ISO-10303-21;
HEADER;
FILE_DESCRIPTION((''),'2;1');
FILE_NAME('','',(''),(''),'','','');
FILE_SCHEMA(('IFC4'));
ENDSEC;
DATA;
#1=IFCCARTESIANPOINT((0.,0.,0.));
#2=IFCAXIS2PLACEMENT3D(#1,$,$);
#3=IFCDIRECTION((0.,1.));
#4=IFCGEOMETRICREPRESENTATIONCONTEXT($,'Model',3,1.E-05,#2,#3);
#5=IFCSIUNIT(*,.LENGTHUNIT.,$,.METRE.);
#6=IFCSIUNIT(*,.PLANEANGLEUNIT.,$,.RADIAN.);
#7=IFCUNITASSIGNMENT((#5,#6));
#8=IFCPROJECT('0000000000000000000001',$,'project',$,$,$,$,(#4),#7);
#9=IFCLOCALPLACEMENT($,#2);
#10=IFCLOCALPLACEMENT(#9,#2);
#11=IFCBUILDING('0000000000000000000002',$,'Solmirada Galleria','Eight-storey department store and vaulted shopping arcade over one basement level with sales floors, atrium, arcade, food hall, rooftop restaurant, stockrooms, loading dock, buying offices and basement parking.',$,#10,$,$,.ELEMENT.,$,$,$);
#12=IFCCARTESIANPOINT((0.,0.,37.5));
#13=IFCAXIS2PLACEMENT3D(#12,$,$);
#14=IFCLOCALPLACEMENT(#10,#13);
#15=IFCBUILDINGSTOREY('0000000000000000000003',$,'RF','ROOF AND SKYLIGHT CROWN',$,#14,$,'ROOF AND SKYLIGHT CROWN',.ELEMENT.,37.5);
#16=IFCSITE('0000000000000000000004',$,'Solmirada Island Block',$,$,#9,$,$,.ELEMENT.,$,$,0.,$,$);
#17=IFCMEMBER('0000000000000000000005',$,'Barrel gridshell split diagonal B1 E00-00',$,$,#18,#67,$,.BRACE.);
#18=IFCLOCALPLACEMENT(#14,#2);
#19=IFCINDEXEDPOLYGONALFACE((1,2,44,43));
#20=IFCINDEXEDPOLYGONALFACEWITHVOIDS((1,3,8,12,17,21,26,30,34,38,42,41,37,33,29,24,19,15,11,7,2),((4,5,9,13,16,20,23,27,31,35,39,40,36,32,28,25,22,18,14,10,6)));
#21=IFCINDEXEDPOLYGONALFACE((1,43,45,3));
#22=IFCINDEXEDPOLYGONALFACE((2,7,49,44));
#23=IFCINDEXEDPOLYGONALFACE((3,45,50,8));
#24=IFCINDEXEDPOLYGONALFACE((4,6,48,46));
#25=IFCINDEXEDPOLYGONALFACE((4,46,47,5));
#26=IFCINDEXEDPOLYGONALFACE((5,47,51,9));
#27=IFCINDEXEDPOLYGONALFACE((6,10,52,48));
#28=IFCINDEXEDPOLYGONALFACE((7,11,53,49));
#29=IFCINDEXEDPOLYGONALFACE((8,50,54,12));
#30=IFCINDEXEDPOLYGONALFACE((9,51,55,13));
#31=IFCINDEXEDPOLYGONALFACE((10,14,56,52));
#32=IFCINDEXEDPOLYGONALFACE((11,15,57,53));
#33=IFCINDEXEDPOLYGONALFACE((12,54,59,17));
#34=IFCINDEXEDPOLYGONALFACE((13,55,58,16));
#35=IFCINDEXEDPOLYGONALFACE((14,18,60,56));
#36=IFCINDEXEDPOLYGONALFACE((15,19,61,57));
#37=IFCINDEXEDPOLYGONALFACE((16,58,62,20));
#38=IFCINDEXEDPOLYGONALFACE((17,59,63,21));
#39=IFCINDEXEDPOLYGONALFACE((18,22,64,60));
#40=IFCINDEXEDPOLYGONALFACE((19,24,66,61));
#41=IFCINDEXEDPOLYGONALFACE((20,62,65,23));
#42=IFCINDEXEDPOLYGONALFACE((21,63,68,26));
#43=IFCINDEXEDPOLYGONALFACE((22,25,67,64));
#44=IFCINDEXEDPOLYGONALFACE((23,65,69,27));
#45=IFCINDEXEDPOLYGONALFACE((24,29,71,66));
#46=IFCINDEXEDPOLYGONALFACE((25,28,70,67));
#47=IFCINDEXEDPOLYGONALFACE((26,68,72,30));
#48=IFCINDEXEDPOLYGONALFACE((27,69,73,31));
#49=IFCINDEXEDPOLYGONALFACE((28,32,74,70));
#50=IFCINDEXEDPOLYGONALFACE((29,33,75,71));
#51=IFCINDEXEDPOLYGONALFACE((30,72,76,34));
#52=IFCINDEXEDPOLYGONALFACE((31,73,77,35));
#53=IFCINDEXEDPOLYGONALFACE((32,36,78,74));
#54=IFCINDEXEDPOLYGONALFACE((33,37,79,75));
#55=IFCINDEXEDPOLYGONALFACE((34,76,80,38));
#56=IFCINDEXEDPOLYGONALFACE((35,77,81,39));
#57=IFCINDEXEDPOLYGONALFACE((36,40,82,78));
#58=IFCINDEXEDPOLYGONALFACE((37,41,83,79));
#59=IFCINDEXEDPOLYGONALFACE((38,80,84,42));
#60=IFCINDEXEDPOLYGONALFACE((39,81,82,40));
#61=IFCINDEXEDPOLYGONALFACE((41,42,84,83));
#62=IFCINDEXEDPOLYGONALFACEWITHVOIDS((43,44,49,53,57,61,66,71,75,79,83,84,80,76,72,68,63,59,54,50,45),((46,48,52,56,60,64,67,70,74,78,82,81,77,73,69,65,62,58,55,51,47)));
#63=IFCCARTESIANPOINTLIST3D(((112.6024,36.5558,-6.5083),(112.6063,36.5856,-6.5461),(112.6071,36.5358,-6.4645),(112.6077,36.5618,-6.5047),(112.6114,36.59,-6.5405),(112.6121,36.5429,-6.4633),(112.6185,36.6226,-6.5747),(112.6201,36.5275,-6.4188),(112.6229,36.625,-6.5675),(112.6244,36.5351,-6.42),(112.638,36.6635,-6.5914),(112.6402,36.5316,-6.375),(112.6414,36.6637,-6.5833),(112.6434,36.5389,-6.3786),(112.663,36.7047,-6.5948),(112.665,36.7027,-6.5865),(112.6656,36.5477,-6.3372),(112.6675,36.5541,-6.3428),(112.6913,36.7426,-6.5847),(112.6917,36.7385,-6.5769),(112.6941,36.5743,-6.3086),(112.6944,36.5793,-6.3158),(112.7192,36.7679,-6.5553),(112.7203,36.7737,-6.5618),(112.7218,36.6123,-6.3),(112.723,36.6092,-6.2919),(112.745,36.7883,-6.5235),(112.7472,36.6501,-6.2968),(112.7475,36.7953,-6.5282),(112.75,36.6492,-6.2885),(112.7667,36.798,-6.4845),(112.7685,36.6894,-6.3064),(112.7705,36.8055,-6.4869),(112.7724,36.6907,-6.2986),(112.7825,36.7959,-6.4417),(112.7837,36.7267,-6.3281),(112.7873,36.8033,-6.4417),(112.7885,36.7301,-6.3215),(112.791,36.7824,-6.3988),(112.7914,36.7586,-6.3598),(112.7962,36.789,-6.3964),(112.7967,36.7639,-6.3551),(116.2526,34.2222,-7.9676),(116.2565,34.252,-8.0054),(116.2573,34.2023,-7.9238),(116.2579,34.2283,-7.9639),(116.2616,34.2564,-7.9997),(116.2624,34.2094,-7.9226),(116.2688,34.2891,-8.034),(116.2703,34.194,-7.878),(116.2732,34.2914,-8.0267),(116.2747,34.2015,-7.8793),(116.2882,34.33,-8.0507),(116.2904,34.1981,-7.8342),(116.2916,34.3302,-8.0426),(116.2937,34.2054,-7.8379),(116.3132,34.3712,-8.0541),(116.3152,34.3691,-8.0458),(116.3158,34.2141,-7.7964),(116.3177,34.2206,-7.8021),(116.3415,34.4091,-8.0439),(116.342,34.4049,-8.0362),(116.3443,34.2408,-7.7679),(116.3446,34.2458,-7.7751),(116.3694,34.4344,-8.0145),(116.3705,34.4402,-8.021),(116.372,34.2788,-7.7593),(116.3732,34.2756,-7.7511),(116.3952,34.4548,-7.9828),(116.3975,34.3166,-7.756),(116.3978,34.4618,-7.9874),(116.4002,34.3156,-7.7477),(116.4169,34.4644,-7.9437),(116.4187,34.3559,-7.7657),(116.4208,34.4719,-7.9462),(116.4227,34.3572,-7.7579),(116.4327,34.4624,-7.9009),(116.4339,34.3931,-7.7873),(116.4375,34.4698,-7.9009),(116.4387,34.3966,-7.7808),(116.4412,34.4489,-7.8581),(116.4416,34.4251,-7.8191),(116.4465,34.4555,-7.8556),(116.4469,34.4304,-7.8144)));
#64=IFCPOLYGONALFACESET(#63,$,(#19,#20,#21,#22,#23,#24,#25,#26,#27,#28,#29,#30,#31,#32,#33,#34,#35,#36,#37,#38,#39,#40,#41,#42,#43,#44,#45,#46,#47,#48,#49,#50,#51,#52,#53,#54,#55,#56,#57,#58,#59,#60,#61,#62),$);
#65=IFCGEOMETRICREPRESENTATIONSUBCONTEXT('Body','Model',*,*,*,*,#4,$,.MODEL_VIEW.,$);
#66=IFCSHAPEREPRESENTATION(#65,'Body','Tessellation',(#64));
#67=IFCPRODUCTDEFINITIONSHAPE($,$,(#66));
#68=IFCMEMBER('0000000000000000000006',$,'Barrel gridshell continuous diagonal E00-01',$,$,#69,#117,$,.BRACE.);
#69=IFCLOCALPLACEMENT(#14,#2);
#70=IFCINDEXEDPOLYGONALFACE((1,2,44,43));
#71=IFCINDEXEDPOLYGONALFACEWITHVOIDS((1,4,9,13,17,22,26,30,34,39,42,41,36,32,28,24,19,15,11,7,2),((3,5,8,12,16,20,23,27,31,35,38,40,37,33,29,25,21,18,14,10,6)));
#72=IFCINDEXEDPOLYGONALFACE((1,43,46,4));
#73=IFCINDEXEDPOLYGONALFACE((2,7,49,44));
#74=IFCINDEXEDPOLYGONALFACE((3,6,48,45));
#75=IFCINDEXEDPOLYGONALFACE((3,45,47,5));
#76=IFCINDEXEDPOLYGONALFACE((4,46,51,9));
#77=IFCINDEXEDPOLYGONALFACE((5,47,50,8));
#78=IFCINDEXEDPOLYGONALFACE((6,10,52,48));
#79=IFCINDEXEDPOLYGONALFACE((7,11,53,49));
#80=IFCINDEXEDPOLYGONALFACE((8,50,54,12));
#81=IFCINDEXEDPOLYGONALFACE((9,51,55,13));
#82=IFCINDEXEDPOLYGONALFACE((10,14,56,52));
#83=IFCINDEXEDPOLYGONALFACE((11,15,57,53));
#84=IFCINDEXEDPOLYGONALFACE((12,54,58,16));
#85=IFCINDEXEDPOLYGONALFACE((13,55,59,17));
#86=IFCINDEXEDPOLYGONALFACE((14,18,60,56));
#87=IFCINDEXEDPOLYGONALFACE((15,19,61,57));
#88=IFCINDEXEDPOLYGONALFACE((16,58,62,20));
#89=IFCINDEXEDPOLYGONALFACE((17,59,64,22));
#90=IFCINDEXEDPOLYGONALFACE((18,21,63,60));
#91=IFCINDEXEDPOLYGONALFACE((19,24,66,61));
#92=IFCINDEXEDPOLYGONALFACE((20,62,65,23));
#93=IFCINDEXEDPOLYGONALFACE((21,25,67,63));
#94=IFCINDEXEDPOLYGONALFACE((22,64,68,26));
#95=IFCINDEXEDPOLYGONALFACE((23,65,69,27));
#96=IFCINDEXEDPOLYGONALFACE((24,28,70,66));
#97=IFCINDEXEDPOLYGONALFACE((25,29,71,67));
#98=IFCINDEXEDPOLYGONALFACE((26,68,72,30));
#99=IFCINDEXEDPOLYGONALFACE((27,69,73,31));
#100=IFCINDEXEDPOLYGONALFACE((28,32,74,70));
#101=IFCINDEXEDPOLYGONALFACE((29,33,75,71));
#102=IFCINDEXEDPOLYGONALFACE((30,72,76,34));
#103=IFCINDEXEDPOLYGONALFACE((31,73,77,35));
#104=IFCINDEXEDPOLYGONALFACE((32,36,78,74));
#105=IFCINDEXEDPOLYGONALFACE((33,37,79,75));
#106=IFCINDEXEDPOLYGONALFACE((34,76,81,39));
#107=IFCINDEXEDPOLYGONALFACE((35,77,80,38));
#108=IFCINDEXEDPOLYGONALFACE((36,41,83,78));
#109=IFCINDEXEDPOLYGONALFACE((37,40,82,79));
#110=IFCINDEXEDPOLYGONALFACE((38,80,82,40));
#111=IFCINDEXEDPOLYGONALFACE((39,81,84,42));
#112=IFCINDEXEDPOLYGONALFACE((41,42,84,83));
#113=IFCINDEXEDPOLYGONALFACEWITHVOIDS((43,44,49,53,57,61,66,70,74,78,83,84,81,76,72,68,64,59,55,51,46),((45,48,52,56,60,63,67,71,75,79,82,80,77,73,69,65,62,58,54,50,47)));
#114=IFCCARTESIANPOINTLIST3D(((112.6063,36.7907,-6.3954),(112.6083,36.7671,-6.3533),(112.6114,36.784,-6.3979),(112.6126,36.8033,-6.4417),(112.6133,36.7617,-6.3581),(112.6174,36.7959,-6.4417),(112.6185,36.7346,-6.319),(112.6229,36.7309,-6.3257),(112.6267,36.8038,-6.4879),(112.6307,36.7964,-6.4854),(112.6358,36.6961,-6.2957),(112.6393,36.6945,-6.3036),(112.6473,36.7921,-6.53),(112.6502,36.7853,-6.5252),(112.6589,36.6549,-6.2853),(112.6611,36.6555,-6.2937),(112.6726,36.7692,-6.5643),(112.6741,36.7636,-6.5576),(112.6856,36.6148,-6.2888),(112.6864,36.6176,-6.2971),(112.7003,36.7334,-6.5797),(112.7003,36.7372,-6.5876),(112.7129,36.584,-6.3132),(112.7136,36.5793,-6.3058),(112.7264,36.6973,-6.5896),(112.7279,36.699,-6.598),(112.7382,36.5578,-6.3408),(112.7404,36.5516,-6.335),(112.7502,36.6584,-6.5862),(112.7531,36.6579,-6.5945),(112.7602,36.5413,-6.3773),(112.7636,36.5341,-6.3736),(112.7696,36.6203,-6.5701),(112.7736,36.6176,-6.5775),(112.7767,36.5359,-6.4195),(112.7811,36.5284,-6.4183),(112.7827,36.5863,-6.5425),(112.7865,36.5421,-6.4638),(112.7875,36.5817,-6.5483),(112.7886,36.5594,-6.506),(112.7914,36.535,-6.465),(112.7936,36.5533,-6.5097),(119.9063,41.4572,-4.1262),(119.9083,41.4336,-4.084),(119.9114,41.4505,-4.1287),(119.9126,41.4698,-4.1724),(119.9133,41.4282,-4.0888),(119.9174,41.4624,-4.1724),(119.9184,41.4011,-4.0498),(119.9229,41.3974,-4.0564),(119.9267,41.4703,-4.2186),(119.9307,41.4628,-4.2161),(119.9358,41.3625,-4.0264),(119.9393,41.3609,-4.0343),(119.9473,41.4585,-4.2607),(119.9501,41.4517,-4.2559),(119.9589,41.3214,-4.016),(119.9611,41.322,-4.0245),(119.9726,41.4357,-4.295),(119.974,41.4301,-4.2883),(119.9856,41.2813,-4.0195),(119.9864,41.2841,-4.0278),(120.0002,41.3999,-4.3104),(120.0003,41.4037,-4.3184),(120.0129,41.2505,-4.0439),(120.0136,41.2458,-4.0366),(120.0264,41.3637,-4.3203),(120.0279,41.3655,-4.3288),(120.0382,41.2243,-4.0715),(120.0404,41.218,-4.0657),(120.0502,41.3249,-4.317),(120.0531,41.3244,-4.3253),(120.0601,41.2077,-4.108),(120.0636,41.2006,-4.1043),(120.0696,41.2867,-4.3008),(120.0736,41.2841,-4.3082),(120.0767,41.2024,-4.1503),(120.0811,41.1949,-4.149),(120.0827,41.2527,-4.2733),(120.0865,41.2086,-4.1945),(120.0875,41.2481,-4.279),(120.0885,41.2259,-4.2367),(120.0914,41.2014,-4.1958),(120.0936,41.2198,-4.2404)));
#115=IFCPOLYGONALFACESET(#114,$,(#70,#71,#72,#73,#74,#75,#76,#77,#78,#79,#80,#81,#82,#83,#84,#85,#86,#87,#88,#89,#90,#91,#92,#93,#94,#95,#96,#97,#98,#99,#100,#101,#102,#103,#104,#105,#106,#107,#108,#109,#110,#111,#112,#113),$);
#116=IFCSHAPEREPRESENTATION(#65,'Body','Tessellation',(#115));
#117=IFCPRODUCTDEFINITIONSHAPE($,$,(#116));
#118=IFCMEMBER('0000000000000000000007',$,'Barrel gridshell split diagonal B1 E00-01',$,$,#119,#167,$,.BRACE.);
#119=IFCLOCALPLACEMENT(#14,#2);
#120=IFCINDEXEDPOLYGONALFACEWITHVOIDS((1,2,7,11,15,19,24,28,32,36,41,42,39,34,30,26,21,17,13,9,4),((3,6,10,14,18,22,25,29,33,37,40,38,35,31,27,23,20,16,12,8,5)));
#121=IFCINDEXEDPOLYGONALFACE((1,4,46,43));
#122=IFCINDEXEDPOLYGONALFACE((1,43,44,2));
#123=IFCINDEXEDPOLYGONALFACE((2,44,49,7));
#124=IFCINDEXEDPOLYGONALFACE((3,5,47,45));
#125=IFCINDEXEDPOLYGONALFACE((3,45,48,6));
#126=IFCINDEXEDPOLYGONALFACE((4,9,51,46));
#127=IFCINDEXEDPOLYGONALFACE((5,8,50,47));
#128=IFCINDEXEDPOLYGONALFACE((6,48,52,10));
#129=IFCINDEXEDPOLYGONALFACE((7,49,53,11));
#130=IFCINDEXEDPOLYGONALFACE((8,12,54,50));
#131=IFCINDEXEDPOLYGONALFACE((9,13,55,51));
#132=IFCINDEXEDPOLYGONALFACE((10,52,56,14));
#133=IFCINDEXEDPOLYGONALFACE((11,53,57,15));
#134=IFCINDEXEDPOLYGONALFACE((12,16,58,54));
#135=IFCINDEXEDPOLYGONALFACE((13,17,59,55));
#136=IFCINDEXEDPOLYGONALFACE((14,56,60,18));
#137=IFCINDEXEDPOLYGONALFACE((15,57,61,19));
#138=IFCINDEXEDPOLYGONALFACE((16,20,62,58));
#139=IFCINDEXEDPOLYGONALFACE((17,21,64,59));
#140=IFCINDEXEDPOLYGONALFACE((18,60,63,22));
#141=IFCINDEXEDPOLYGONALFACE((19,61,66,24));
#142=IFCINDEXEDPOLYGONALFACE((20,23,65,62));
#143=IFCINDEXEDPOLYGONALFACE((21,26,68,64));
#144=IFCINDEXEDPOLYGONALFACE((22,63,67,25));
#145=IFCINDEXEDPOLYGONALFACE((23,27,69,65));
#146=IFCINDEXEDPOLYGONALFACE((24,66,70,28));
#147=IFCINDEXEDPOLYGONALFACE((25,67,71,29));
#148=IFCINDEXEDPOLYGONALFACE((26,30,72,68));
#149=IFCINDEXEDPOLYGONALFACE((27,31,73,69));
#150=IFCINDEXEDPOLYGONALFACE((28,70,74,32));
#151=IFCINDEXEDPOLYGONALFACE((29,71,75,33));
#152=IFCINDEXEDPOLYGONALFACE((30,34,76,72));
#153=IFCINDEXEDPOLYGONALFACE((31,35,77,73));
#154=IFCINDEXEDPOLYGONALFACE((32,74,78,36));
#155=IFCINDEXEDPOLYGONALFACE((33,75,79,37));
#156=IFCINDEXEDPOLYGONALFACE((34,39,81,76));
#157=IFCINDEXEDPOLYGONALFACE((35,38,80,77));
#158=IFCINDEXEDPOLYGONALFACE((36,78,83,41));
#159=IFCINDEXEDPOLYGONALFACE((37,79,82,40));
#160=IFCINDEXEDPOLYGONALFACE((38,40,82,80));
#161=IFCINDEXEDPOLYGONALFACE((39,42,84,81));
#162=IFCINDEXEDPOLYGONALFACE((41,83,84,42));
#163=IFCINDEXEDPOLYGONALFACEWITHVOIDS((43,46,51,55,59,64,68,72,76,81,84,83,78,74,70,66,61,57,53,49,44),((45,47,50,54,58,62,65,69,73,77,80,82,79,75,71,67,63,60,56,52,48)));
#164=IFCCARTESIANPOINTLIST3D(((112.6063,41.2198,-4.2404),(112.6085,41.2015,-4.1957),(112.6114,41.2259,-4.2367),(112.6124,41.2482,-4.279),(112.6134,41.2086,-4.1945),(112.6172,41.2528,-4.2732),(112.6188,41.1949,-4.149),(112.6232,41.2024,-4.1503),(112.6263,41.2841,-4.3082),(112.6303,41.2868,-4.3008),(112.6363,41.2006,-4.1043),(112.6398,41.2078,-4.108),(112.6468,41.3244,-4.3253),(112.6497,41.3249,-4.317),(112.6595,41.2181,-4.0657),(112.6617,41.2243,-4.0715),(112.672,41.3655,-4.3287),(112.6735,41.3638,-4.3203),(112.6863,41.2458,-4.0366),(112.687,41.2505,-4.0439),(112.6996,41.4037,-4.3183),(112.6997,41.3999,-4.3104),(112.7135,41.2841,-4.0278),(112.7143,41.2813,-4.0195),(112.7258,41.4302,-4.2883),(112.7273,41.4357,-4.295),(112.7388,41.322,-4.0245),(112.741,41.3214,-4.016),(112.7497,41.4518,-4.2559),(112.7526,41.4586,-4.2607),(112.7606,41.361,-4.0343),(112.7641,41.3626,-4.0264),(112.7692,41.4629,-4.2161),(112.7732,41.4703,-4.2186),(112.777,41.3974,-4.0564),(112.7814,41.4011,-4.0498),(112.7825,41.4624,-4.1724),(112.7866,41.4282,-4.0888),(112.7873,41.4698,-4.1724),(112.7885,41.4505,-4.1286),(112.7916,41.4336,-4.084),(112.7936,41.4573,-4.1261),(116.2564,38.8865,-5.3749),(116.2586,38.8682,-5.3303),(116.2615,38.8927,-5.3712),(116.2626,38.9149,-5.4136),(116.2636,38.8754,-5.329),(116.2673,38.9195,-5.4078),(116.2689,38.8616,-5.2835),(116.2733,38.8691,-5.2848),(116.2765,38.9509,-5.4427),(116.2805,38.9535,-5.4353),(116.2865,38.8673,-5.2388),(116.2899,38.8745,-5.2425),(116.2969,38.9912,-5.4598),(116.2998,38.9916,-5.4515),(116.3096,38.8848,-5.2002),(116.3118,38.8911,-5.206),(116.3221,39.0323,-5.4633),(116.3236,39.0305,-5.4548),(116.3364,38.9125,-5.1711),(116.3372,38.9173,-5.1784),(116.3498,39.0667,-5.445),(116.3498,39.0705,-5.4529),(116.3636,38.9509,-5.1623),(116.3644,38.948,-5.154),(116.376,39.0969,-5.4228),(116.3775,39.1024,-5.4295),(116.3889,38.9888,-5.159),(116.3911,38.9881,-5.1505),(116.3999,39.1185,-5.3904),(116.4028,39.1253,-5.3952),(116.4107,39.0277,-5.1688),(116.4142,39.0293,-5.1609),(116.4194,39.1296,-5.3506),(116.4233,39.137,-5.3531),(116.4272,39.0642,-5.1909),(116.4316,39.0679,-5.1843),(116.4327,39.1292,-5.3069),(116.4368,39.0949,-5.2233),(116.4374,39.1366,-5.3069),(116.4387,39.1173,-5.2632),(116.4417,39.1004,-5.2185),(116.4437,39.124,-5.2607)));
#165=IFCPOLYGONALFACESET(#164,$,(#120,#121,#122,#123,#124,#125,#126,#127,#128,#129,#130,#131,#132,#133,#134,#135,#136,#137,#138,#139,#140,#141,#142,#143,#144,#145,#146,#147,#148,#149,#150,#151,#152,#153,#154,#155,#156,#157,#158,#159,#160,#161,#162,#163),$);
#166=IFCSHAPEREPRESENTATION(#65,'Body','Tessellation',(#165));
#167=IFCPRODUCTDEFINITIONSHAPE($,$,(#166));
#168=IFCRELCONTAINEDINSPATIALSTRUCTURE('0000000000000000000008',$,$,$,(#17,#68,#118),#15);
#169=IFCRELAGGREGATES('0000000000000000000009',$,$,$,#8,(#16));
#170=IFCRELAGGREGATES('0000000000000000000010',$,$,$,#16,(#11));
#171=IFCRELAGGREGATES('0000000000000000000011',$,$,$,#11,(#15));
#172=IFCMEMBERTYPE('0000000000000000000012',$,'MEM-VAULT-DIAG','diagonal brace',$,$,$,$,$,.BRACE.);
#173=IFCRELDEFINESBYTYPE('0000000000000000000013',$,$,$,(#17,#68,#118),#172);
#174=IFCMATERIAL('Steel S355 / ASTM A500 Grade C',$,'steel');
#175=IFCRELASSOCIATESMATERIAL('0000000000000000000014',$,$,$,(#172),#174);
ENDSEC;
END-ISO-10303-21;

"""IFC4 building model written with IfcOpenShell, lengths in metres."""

from ifc_helpers import new_model, si_unit, direction, frame, origin, origin_2d, place, context, subcontext, project, spatial, hollow_circle, extrude, material, material_profile, profile_set, type_object, element, save


model = new_model("IFC4")

# Units and contexts
model_context = context("Model", 3, precision=1e-05, world=origin(), true_north=direction((0.0, 1.0)))
body_context = subcontext(model_context, "Body", "Model", "MODEL_VIEW")
ifc_project = project(units=[si_unit("LENGTHUNIT", "METRE"), si_unit("PLANEANGLEUNIT", "RADIAN")], contexts=[model_context])

# Site, building, storey
site_placement = place(None, origin())
site = spatial("IfcSite", under=ifc_project, at=site_placement, Name="Solmirada Island Block", CompositionType="ELEMENT", RefElevation=0.0)
building_placement = place(site_placement, origin())
building = spatial("IfcBuilding", under=site, at=building_placement, Name="Solmirada Galleria", Description="Eight-storey department store and vaulted shopping arcade over one basement level with sales floors, atrium, arcade, food hall, rooftop restaurant, stockrooms, loading dock, buying offices and basement parking.", CompositionType="ELEMENT")
storey_placement = place(building_placement, frame((0.0, 0.0, 37.5)))
storey = spatial("IfcBuildingStorey", under=building, at=storey_placement, Name="RF", Description="ROOF AND SKYLIGHT CROWN", LongName="ROOF AND SKYLIGHT CROWN", CompositionType="ELEMENT", Elevation=37.5)

# Members
ifc_material_1 = material(Name="Steel S355 / ASTM A500 Grade C", Category="steel")
ifc_material_profile_1 = material_profile(ifc_material_1, hollow_circle(Radius=0.1621, WallThickness=0.0088, at=origin_2d()), Name="HSS12.750X0.375")
ifc_profile_set_1 = profile_set([ifc_material_profile_1], Name="Steel S355 / ASTM A500 Grade C")
member_type_1 = type_object("IfcMemberType", Name="MEM-VAULT-DIAG", Description="diagonal brace", PredefinedType="BRACE", material=ifc_profile_set_1)
member_1_placement = place(storey_placement, frame((112.7, 36.6667, -6.4417), z_axis=(0.798466, -0.51045, -0.319205), x_axis=(0.538628, 0.842544, 0.0)))
element("IfcMember", 1, at=member_1_placement, inside=storey, type_object=member_type_1, Name="Barrel gridshell split diagonal B1 E00-00", PredefinedType="BRACE", context=body_context, shape_type="SweptSolid", body=[
    extrude(hollow_circle(Radius=0.1621, WallThickness=0.0088, at=origin_2d()), origin(), (0.0, 0.0, 1.0), 4.5715),
])
member_2_placement = place(storey_placement, frame((112.7, 36.6667, -6.4417), z_axis=(0.815067, 0.521026, 0.253371), x_axis=(-0.538601, 0.842561, 0.0)))
element("IfcMember", 2, at=member_2_placement, inside=storey, type_object=member_type_1, Name="Barrel gridshell continuous diagonal E00-01", PredefinedType="BRACE", context=body_context, shape_type="SweptSolid", body=[
    extrude(hollow_circle(Radius=0.1621, WallThickness=0.0088, at=origin_2d()), origin(), (0.0, 0.0, 1.0), 8.9563),
])
member_3_placement = place(storey_placement, frame((112.7, 41.3333, -4.1724), z_axis=(0.815082, -0.521018, -0.25334), x_axis=(0.538588, 0.842569, 0.0)))
element("IfcMember", 3, at=member_3_placement, inside=storey, type_object=member_type_1, Name="Barrel gridshell split diagonal B1 E00-01", PredefinedType="BRACE", context=body_context, shape_type="SweptSolid", body=[
    extrude(hollow_circle(Radius=0.1621, WallThickness=0.0088, at=origin_2d()), origin(), (0.0, 0.0, 1.0), 4.4783),
])

save(model, "model.ifc")
